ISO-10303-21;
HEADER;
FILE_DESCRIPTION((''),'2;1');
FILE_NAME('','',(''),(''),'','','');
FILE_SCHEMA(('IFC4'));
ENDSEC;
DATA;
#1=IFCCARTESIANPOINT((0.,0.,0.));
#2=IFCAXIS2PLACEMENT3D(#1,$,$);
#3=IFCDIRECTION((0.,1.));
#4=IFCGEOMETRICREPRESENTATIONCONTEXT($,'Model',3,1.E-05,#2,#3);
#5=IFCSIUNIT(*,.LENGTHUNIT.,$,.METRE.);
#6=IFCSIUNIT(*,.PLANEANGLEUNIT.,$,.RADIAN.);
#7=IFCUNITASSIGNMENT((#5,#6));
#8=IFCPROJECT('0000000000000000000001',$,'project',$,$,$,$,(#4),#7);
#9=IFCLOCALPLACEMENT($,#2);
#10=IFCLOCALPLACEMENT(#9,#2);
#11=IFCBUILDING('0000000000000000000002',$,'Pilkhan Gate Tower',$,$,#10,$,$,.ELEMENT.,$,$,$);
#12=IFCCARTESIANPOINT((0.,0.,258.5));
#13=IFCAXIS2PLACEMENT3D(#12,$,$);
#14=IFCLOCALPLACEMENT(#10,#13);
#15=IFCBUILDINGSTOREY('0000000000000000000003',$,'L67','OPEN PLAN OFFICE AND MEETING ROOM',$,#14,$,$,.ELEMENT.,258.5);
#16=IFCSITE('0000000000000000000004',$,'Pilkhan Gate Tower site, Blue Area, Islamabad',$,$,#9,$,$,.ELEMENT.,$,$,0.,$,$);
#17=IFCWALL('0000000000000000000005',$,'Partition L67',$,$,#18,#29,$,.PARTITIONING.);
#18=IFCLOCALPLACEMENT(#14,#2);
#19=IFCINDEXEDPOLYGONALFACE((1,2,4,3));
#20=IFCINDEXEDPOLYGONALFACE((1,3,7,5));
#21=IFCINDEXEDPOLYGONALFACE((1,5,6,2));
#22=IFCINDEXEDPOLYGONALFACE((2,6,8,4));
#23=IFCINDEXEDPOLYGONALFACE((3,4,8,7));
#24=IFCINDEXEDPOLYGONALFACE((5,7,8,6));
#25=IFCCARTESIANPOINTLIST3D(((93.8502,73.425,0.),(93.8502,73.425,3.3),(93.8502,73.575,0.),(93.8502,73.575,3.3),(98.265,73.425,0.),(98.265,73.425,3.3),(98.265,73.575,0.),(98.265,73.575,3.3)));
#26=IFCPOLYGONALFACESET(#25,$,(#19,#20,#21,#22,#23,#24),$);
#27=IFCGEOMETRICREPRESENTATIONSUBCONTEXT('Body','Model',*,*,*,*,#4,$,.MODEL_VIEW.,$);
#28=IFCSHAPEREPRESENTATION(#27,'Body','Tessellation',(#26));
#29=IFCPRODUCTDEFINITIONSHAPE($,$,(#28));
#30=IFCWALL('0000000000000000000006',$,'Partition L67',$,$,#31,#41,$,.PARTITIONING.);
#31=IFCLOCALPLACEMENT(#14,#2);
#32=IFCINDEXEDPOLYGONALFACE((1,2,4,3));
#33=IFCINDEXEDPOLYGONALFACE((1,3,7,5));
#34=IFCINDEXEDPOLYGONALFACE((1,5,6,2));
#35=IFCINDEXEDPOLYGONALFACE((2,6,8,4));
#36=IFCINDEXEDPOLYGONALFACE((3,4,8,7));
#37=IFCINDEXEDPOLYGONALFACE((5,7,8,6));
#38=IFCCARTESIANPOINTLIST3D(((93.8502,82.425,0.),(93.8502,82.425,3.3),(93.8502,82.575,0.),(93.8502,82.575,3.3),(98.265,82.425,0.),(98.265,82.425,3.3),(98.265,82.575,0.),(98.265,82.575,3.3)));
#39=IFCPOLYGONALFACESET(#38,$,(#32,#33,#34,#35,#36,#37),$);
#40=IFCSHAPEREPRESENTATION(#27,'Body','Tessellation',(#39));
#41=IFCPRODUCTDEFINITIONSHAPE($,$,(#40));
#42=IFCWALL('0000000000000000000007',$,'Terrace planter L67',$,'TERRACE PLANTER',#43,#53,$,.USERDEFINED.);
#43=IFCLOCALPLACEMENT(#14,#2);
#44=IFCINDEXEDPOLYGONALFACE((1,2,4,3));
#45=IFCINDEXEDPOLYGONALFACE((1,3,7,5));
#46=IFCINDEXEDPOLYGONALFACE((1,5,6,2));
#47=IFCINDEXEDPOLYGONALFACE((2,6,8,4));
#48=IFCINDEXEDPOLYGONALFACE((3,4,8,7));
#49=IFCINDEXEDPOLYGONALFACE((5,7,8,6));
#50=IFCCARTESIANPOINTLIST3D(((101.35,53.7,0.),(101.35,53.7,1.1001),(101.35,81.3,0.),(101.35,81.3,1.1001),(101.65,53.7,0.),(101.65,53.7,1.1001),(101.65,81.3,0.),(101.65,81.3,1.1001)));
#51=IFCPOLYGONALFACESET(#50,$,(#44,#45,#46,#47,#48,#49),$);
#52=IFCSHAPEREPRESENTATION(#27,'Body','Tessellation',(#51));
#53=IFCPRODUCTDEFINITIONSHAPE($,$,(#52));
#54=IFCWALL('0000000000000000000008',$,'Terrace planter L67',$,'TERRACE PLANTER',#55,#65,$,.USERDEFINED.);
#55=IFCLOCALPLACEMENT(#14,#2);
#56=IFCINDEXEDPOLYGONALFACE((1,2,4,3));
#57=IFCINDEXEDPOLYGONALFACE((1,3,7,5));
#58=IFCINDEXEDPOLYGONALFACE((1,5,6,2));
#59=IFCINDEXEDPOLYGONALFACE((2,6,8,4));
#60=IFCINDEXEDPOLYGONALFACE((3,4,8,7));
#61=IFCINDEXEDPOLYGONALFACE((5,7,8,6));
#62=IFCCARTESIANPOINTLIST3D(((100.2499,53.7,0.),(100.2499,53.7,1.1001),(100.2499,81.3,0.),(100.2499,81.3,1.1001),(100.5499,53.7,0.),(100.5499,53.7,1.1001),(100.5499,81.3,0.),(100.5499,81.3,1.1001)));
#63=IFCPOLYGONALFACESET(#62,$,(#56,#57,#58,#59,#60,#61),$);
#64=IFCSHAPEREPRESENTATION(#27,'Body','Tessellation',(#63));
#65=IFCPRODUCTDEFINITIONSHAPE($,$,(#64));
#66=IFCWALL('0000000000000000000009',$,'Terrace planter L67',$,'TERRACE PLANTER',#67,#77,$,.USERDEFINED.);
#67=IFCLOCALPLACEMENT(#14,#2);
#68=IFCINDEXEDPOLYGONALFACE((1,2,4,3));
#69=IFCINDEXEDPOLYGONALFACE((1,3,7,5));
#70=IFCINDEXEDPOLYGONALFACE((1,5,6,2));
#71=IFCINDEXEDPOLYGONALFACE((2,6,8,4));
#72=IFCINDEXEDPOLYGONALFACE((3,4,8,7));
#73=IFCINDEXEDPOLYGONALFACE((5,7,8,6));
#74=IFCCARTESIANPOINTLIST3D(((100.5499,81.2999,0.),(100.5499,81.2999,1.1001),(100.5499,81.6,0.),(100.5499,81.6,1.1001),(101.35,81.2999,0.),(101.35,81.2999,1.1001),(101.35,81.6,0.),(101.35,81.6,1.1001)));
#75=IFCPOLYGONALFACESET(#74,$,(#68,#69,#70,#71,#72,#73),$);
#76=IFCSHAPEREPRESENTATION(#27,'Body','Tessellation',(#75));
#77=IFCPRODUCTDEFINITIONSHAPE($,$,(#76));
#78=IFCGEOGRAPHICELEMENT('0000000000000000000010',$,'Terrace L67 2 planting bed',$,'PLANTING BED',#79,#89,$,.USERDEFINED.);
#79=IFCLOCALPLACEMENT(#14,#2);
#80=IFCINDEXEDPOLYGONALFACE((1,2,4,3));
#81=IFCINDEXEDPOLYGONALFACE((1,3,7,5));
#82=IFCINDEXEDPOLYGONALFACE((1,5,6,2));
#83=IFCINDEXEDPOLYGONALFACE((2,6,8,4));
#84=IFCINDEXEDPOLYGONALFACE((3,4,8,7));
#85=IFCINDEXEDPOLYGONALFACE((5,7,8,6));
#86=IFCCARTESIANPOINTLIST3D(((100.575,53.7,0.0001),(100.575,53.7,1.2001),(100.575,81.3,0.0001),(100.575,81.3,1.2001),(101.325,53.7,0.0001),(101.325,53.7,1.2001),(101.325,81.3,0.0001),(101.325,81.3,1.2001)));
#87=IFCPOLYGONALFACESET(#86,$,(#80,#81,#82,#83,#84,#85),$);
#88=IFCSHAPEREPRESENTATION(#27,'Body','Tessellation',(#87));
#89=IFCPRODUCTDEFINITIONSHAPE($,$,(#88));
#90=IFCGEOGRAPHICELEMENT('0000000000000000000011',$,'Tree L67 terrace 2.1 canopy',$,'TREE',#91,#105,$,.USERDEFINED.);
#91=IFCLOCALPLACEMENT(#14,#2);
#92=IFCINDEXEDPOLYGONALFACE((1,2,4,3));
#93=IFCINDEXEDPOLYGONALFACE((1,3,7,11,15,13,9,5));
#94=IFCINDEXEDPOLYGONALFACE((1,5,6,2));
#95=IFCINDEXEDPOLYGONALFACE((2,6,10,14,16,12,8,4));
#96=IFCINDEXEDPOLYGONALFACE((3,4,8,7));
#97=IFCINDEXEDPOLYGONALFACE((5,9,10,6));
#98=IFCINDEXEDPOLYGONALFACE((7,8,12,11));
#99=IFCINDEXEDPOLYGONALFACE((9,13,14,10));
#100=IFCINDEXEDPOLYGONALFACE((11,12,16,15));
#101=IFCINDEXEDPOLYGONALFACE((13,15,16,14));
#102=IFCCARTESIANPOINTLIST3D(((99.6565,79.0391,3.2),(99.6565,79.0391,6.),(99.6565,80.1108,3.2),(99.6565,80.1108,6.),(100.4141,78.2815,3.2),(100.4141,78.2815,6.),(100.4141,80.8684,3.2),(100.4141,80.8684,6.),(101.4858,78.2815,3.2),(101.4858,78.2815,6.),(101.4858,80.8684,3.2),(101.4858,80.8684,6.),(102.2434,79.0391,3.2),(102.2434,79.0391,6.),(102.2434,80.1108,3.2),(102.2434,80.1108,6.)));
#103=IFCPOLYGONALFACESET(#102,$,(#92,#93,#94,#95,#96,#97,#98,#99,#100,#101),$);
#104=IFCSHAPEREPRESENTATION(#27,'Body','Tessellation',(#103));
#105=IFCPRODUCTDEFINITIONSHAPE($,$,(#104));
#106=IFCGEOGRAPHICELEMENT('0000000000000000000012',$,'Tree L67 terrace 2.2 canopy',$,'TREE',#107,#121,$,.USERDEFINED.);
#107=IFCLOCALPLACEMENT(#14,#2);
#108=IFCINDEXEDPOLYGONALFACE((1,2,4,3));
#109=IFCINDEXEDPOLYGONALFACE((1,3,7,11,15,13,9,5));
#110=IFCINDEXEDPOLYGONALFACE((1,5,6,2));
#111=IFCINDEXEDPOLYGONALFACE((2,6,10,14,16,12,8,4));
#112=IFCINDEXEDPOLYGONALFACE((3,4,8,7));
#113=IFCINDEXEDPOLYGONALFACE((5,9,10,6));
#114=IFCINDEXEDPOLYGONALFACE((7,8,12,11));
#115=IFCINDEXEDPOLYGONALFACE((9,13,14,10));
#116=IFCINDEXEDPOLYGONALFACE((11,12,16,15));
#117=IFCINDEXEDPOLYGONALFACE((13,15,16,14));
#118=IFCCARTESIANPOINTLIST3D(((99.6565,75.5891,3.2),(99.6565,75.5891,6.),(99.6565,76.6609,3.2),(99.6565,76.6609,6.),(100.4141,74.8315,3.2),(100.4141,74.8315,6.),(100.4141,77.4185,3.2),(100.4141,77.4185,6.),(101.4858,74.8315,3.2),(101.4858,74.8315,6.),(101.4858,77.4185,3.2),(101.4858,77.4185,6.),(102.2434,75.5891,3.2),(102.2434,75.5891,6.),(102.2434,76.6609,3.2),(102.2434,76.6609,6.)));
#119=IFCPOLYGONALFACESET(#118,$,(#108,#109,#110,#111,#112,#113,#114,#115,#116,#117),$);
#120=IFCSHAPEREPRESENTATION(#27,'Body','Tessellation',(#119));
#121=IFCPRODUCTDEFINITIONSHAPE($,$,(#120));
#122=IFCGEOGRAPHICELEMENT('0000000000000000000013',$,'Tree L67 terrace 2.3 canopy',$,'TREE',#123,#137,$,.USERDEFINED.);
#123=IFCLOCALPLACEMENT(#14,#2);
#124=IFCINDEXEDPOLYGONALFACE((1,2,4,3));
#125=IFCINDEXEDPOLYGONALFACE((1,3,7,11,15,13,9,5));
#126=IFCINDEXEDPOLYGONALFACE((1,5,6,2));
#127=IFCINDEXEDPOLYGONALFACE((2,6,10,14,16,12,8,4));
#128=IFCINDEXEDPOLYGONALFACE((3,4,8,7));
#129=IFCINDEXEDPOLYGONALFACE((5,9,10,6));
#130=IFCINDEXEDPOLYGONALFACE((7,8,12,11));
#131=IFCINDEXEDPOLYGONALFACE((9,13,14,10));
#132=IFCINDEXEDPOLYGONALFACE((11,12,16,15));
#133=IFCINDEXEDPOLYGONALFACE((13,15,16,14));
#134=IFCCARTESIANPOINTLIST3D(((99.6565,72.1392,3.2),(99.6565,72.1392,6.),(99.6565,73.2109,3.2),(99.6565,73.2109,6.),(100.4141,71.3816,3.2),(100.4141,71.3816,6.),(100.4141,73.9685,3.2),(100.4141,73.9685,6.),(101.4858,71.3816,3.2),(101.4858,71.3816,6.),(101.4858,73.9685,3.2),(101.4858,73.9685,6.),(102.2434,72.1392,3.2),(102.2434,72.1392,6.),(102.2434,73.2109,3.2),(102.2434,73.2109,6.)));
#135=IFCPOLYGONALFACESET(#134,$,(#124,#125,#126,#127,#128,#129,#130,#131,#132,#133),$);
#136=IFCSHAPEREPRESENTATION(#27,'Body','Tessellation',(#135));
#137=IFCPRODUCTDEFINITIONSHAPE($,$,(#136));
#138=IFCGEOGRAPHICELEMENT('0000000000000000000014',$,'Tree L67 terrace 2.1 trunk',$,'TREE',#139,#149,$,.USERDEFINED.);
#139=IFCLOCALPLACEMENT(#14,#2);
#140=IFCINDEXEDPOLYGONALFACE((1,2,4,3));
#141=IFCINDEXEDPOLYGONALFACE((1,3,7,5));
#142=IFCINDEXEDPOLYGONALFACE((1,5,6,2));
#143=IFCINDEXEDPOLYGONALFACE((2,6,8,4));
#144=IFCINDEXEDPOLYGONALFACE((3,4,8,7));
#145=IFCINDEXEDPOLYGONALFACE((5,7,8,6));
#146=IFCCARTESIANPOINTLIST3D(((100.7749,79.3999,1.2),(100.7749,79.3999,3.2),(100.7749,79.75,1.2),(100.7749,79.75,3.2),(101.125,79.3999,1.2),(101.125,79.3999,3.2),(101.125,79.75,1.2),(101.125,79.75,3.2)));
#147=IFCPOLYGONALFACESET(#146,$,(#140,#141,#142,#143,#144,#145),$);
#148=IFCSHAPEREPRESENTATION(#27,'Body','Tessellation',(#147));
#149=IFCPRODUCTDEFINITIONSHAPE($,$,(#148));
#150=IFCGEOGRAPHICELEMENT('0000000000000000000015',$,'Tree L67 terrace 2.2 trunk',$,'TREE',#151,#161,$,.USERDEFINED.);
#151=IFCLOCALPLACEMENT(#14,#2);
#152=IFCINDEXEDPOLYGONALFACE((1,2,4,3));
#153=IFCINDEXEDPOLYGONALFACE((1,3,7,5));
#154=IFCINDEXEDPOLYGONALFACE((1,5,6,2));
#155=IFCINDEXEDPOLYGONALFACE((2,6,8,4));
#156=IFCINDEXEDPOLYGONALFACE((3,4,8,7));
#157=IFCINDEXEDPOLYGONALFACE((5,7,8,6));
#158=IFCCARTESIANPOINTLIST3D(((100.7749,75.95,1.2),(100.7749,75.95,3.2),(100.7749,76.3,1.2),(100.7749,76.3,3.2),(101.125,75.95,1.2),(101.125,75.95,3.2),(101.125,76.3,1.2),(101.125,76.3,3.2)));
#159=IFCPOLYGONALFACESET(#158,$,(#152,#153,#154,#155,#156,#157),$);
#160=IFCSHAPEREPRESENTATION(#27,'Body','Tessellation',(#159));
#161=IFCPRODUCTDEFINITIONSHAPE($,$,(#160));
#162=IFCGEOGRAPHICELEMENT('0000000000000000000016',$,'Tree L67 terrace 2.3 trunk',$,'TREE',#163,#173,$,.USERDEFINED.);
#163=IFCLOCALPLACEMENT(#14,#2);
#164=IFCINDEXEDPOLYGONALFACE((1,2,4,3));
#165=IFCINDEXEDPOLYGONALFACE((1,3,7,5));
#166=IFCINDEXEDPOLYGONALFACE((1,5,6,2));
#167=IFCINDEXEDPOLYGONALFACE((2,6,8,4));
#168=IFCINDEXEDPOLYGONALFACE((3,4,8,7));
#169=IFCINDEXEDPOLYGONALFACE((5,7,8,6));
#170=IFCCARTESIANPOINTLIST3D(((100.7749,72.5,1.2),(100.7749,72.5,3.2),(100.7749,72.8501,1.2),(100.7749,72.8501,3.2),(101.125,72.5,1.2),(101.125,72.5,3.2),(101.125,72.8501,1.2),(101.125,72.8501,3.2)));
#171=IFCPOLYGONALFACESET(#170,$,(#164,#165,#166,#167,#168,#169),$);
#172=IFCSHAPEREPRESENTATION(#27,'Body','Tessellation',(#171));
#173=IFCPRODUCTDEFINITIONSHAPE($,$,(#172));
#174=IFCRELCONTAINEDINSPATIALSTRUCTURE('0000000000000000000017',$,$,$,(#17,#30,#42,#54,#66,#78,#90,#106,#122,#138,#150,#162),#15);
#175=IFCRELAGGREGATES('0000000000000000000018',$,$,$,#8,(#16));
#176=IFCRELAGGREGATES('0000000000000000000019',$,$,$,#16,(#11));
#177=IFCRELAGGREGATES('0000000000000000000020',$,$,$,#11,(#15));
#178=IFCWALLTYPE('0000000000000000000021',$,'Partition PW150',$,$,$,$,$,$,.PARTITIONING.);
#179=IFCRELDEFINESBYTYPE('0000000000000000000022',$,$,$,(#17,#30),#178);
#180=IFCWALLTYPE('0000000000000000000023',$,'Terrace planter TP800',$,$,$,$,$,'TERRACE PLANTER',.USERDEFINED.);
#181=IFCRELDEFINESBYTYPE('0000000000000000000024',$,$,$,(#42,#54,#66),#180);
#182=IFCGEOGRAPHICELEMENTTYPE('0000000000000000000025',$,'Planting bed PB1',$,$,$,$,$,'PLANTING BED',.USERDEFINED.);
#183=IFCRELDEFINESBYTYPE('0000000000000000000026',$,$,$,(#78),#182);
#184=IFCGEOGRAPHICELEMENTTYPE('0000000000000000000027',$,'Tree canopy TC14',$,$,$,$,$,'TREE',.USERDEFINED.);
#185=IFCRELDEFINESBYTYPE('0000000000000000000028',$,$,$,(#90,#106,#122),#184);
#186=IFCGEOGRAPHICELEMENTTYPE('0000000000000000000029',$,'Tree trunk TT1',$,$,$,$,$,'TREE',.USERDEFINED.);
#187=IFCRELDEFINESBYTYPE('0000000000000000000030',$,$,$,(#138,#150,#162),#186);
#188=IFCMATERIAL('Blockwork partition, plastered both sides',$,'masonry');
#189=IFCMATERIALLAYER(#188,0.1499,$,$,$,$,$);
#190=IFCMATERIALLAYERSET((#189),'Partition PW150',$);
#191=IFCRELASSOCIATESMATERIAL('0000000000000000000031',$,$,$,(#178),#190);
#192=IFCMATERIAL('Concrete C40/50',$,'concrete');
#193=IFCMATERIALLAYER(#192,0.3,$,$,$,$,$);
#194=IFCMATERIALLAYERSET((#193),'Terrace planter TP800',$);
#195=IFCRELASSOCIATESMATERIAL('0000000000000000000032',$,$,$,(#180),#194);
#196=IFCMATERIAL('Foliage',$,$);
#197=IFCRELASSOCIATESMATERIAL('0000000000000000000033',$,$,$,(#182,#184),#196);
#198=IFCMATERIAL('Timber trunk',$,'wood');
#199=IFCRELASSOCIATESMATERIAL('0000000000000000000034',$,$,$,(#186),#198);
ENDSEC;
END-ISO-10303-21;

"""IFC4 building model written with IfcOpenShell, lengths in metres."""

from ifc_helpers import new_model, si_unit, direction, frame, frame_2d, origin, origin_2d, place, context, subcontext, project, spatial, polyline, rectangle, outline, extrude, material, layer, layer_set, material_profile, profile_set, type_object, element, save


model = new_model("IFC4")

# Units and contexts
model_context = context("Model", 3, precision=1e-05, world=origin(), true_north=direction((0.0, 1.0)))
body_context = subcontext(model_context, "Body", "Model", "MODEL_VIEW")
ifc_project = project(units=[si_unit("LENGTHUNIT", "METRE"), si_unit("PLANEANGLEUNIT", "RADIAN")], contexts=[model_context])

# Site, building, storey
site_placement = place(None, origin())
site = spatial("IfcSite", under=ifc_project, at=site_placement, Name="Pilkhan Gate Tower site, Blue Area, Islamabad", CompositionType="ELEMENT", RefElevation=0.0)
building_placement = place(site_placement, origin())
building = spatial("IfcBuilding", under=site, at=building_placement, Name="Pilkhan Gate Tower", CompositionType="ELEMENT")
storey_placement = place(building_placement, frame((0.0, 0.0, 258.5)))
storey = spatial("IfcBuildingStorey", under=building, at=storey_placement, Name="L67", Description="OPEN PLAN OFFICE AND MEETING ROOM", CompositionType="ELEMENT", Elevation=258.5)

# Shared definitions
ifc_material_1 = material(Name="Concrete C40/50", Category="concrete")

# Walls
ifc_material_2 = material(Name="Blockwork partition, plastered both sides", Category="masonry")
ifc_layer_1 = layer(ifc_material_2, 0.1499)
ifc_layer_set_1 = layer_set([ifc_layer_1], Name="Partition PW150")
wall_type_1 = type_object("IfcWallType", Name="Partition PW150", PredefinedType="PARTITIONING", material=ifc_layer_set_1)
for number, where, z_axis, x_axis, name in (
    (1, (93.8501, 73.5, 0.0), (0.0, 0.0, 1.0), (1.0, 0.0, 0.0), "Partition L67"),
    (2, (93.8501, 82.5, 0.0), (0.0, 0.0, 1.0), (1.0, 0.0, 0.0), "Partition L67"),
):
    element("IfcWall", number, at=place(storey_placement, frame(where, z_axis=z_axis, x_axis=x_axis)), inside=storey, type_object=wall_type_1, Name=name, PredefinedType="PARTITIONING", context=body_context, shape_type="SweptSolid", body=[
        extrude(rectangle(XDim=4.4148, YDim=0.1499, at=frame_2d((2.2075, 0.0))), origin(), (0.0, 0.0, 1.0), 3.3),
    ])
ifc_layer_2 = layer(ifc_material_1, 0.3)
ifc_layer_set_2 = layer_set([ifc_layer_2], Name="Terrace planter TP800")
wall_type_2 = type_object("IfcWallType", Name="Terrace planter TP800", ElementType="TERRACE PLANTER", PredefinedType="USERDEFINED", material=ifc_layer_set_2)
for number, where, z_axis, x_axis, name in (
    (3, (101.5, 81.3, 0.0), (0.0, 0.0, 1.0), (0.0, -1.0, 0.0), "Terrace planter L67"),
    (4, (100.3999, 81.3, 0.0), (0.0, 0.0, 1.0), (0.0, -1.0, 0.0), "Terrace planter L67"),
):
    element("IfcWall", number, at=place(storey_placement, frame(where, z_axis=z_axis, x_axis=x_axis)), inside=storey, type_object=wall_type_2, Name=name, ObjectType="TERRACE PLANTER", PredefinedType="USERDEFINED", context=body_context, shape_type="SweptSolid", body=[
        extrude(rectangle(XDim=27.6001, YDim=0.3, at=frame_2d((13.8, 0.0))), origin(), (0.0, 0.0, 1.0), 1.1001),
    ])
wall_1_placement = place(storey_placement, frame((100.55, 81.45, 0.0), z_axis=(0.0, 0.0, 1.0), x_axis=(1.0, 0.0, 0.0)))
element("IfcWall", 5, at=wall_1_placement, inside=storey, type_object=wall_type_2, Name="Terrace planter L67", ObjectType="TERRACE PLANTER", PredefinedType="USERDEFINED", context=body_context, shape_type="SweptSolid", body=[
    extrude(rectangle(XDim=0.8, YDim=0.3, at=frame_2d((0.3999, 0.0))), origin(), (0.0, 0.0, 1.0), 1.1001),
])

# Geographic elements
ifc_material_3 = material(Name="Foliage")
ifc_material_profile_1 = material_profile(ifc_material_3, rectangle(XDim=0.75, YDim=1.2, at=origin_2d()), Name="Bed 750x1200")
ifc_profile_set_1 = profile_set([ifc_material_profile_1], Name="Foliage")
geographic_element_type_1 = type_object("IfcGeographicElementType", Name="Planting bed PB1", ElementType="PLANTING BED", PredefinedType="USERDEFINED", material=ifc_profile_set_1)
geographic_element_placement = place(storey_placement, frame((100.95, 81.3, 0.6001), z_axis=(0.0, -1.0, 0.0), x_axis=(1.0, 0.0, 0.0)))
element("IfcGeographicElement", 6, at=geographic_element_placement, inside=storey, type_object=geographic_element_type_1, Name="Terrace L67 2 planting bed", ObjectType="PLANTING BED", PredefinedType="USERDEFINED", context=body_context, shape_type="SweptSolid", body=[
    extrude(rectangle(XDim=0.75, YDim=1.2, at=origin_2d()), origin(), (0.0, 0.0, 1.0), 27.6001),
])
ifc_material_profile_2 = material_profile(ifc_material_3, outline(polyline([(1.2935, 0.5359), (0.5359, 1.2935), (-0.5359, 1.2935), (-1.2935, 0.5359), (-1.2935, -0.5359), (-0.5359, -1.2935), (0.5359, -1.2935), (1.2935, -0.5359), (1.2935, 0.5359)])), Name="Canopy D2.8")
ifc_profile_set_2 = profile_set([ifc_material_profile_2], Name="Foliage")
geographic_element_type_2 = type_object("IfcGeographicElementType", Name="Tree canopy TC14", ElementType="TREE", PredefinedType="USERDEFINED", material=ifc_profile_set_2)
for number, where, z_axis, x_axis, name in (
    (7, (100.95, 79.575, 3.2), (0.0, 0.0, 1.0), (1.0, 0.0, 0.0), "Tree L67 terrace 2.1 canopy"),
    (8, (100.95, 76.125, 3.2), (0.0, 0.0, 1.0), (1.0, 0.0, 0.0), "Tree L67 terrace 2.2 canopy"),
    (9, (100.95, 72.675, 3.2), (0.0, 0.0, 1.0), (1.0, 0.0, 0.0), "Tree L67 terrace 2.3 canopy"),
):
    element("IfcGeographicElement", number, at=place(storey_placement, frame(where, z_axis=z_axis, x_axis=x_axis)), inside=storey, type_object=geographic_element_type_2, Name=name, ObjectType="TREE", PredefinedType="USERDEFINED", context=body_context, shape_type="SweptSolid", body=[
        extrude(outline(polyline([(1.2935, 0.5359), (0.5359, 1.2935), (-0.5359, 1.2935), (-1.2935, 0.5359), (-1.2935, -0.5359), (-0.5359, -1.2935), (0.5359, -1.2935), (1.2935, -0.5359), (1.2935, 0.5359)])), origin(), (0.0, 0.0, 1.0), 2.8),
    ])
ifc_material_4 = material(Name="Timber trunk", Category="wood")
geographic_element_type_3 = type_object("IfcGeographicElementType", Name="Tree trunk TT1", ElementType="TREE", PredefinedType="USERDEFINED", material=ifc_material_4)
for number, where, z_axis, x_axis, name in (
    (10, (100.95, 79.575, 1.2), (0.0, 0.0, 1.0), (1.0, 0.0, 0.0), "Tree L67 terrace 2.1 trunk"),
    (11, (100.95, 76.125, 1.2), (0.0, 0.0, 1.0), (1.0, 0.0, 0.0), "Tree L67 terrace 2.2 trunk"),
    (12, (100.95, 72.675, 1.2), (0.0, 0.0, 1.0), (1.0, 0.0, 0.0), "Tree L67 terrace 2.3 trunk"),
):
    element("IfcGeographicElement", number, at=place(storey_placement, frame(where, z_axis=z_axis, x_axis=x_axis)), inside=storey, type_object=geographic_element_type_3, Name=name, ObjectType="TREE", PredefinedType="USERDEFINED", context=body_context, shape_type="SweptSolid", body=[
        extrude(rectangle(XDim=0.3501, YDim=0.3501, at=origin_2d()), origin(), (0.0, 0.0, 1.0), 2.0),
    ])

save(model, "model.ifc")
